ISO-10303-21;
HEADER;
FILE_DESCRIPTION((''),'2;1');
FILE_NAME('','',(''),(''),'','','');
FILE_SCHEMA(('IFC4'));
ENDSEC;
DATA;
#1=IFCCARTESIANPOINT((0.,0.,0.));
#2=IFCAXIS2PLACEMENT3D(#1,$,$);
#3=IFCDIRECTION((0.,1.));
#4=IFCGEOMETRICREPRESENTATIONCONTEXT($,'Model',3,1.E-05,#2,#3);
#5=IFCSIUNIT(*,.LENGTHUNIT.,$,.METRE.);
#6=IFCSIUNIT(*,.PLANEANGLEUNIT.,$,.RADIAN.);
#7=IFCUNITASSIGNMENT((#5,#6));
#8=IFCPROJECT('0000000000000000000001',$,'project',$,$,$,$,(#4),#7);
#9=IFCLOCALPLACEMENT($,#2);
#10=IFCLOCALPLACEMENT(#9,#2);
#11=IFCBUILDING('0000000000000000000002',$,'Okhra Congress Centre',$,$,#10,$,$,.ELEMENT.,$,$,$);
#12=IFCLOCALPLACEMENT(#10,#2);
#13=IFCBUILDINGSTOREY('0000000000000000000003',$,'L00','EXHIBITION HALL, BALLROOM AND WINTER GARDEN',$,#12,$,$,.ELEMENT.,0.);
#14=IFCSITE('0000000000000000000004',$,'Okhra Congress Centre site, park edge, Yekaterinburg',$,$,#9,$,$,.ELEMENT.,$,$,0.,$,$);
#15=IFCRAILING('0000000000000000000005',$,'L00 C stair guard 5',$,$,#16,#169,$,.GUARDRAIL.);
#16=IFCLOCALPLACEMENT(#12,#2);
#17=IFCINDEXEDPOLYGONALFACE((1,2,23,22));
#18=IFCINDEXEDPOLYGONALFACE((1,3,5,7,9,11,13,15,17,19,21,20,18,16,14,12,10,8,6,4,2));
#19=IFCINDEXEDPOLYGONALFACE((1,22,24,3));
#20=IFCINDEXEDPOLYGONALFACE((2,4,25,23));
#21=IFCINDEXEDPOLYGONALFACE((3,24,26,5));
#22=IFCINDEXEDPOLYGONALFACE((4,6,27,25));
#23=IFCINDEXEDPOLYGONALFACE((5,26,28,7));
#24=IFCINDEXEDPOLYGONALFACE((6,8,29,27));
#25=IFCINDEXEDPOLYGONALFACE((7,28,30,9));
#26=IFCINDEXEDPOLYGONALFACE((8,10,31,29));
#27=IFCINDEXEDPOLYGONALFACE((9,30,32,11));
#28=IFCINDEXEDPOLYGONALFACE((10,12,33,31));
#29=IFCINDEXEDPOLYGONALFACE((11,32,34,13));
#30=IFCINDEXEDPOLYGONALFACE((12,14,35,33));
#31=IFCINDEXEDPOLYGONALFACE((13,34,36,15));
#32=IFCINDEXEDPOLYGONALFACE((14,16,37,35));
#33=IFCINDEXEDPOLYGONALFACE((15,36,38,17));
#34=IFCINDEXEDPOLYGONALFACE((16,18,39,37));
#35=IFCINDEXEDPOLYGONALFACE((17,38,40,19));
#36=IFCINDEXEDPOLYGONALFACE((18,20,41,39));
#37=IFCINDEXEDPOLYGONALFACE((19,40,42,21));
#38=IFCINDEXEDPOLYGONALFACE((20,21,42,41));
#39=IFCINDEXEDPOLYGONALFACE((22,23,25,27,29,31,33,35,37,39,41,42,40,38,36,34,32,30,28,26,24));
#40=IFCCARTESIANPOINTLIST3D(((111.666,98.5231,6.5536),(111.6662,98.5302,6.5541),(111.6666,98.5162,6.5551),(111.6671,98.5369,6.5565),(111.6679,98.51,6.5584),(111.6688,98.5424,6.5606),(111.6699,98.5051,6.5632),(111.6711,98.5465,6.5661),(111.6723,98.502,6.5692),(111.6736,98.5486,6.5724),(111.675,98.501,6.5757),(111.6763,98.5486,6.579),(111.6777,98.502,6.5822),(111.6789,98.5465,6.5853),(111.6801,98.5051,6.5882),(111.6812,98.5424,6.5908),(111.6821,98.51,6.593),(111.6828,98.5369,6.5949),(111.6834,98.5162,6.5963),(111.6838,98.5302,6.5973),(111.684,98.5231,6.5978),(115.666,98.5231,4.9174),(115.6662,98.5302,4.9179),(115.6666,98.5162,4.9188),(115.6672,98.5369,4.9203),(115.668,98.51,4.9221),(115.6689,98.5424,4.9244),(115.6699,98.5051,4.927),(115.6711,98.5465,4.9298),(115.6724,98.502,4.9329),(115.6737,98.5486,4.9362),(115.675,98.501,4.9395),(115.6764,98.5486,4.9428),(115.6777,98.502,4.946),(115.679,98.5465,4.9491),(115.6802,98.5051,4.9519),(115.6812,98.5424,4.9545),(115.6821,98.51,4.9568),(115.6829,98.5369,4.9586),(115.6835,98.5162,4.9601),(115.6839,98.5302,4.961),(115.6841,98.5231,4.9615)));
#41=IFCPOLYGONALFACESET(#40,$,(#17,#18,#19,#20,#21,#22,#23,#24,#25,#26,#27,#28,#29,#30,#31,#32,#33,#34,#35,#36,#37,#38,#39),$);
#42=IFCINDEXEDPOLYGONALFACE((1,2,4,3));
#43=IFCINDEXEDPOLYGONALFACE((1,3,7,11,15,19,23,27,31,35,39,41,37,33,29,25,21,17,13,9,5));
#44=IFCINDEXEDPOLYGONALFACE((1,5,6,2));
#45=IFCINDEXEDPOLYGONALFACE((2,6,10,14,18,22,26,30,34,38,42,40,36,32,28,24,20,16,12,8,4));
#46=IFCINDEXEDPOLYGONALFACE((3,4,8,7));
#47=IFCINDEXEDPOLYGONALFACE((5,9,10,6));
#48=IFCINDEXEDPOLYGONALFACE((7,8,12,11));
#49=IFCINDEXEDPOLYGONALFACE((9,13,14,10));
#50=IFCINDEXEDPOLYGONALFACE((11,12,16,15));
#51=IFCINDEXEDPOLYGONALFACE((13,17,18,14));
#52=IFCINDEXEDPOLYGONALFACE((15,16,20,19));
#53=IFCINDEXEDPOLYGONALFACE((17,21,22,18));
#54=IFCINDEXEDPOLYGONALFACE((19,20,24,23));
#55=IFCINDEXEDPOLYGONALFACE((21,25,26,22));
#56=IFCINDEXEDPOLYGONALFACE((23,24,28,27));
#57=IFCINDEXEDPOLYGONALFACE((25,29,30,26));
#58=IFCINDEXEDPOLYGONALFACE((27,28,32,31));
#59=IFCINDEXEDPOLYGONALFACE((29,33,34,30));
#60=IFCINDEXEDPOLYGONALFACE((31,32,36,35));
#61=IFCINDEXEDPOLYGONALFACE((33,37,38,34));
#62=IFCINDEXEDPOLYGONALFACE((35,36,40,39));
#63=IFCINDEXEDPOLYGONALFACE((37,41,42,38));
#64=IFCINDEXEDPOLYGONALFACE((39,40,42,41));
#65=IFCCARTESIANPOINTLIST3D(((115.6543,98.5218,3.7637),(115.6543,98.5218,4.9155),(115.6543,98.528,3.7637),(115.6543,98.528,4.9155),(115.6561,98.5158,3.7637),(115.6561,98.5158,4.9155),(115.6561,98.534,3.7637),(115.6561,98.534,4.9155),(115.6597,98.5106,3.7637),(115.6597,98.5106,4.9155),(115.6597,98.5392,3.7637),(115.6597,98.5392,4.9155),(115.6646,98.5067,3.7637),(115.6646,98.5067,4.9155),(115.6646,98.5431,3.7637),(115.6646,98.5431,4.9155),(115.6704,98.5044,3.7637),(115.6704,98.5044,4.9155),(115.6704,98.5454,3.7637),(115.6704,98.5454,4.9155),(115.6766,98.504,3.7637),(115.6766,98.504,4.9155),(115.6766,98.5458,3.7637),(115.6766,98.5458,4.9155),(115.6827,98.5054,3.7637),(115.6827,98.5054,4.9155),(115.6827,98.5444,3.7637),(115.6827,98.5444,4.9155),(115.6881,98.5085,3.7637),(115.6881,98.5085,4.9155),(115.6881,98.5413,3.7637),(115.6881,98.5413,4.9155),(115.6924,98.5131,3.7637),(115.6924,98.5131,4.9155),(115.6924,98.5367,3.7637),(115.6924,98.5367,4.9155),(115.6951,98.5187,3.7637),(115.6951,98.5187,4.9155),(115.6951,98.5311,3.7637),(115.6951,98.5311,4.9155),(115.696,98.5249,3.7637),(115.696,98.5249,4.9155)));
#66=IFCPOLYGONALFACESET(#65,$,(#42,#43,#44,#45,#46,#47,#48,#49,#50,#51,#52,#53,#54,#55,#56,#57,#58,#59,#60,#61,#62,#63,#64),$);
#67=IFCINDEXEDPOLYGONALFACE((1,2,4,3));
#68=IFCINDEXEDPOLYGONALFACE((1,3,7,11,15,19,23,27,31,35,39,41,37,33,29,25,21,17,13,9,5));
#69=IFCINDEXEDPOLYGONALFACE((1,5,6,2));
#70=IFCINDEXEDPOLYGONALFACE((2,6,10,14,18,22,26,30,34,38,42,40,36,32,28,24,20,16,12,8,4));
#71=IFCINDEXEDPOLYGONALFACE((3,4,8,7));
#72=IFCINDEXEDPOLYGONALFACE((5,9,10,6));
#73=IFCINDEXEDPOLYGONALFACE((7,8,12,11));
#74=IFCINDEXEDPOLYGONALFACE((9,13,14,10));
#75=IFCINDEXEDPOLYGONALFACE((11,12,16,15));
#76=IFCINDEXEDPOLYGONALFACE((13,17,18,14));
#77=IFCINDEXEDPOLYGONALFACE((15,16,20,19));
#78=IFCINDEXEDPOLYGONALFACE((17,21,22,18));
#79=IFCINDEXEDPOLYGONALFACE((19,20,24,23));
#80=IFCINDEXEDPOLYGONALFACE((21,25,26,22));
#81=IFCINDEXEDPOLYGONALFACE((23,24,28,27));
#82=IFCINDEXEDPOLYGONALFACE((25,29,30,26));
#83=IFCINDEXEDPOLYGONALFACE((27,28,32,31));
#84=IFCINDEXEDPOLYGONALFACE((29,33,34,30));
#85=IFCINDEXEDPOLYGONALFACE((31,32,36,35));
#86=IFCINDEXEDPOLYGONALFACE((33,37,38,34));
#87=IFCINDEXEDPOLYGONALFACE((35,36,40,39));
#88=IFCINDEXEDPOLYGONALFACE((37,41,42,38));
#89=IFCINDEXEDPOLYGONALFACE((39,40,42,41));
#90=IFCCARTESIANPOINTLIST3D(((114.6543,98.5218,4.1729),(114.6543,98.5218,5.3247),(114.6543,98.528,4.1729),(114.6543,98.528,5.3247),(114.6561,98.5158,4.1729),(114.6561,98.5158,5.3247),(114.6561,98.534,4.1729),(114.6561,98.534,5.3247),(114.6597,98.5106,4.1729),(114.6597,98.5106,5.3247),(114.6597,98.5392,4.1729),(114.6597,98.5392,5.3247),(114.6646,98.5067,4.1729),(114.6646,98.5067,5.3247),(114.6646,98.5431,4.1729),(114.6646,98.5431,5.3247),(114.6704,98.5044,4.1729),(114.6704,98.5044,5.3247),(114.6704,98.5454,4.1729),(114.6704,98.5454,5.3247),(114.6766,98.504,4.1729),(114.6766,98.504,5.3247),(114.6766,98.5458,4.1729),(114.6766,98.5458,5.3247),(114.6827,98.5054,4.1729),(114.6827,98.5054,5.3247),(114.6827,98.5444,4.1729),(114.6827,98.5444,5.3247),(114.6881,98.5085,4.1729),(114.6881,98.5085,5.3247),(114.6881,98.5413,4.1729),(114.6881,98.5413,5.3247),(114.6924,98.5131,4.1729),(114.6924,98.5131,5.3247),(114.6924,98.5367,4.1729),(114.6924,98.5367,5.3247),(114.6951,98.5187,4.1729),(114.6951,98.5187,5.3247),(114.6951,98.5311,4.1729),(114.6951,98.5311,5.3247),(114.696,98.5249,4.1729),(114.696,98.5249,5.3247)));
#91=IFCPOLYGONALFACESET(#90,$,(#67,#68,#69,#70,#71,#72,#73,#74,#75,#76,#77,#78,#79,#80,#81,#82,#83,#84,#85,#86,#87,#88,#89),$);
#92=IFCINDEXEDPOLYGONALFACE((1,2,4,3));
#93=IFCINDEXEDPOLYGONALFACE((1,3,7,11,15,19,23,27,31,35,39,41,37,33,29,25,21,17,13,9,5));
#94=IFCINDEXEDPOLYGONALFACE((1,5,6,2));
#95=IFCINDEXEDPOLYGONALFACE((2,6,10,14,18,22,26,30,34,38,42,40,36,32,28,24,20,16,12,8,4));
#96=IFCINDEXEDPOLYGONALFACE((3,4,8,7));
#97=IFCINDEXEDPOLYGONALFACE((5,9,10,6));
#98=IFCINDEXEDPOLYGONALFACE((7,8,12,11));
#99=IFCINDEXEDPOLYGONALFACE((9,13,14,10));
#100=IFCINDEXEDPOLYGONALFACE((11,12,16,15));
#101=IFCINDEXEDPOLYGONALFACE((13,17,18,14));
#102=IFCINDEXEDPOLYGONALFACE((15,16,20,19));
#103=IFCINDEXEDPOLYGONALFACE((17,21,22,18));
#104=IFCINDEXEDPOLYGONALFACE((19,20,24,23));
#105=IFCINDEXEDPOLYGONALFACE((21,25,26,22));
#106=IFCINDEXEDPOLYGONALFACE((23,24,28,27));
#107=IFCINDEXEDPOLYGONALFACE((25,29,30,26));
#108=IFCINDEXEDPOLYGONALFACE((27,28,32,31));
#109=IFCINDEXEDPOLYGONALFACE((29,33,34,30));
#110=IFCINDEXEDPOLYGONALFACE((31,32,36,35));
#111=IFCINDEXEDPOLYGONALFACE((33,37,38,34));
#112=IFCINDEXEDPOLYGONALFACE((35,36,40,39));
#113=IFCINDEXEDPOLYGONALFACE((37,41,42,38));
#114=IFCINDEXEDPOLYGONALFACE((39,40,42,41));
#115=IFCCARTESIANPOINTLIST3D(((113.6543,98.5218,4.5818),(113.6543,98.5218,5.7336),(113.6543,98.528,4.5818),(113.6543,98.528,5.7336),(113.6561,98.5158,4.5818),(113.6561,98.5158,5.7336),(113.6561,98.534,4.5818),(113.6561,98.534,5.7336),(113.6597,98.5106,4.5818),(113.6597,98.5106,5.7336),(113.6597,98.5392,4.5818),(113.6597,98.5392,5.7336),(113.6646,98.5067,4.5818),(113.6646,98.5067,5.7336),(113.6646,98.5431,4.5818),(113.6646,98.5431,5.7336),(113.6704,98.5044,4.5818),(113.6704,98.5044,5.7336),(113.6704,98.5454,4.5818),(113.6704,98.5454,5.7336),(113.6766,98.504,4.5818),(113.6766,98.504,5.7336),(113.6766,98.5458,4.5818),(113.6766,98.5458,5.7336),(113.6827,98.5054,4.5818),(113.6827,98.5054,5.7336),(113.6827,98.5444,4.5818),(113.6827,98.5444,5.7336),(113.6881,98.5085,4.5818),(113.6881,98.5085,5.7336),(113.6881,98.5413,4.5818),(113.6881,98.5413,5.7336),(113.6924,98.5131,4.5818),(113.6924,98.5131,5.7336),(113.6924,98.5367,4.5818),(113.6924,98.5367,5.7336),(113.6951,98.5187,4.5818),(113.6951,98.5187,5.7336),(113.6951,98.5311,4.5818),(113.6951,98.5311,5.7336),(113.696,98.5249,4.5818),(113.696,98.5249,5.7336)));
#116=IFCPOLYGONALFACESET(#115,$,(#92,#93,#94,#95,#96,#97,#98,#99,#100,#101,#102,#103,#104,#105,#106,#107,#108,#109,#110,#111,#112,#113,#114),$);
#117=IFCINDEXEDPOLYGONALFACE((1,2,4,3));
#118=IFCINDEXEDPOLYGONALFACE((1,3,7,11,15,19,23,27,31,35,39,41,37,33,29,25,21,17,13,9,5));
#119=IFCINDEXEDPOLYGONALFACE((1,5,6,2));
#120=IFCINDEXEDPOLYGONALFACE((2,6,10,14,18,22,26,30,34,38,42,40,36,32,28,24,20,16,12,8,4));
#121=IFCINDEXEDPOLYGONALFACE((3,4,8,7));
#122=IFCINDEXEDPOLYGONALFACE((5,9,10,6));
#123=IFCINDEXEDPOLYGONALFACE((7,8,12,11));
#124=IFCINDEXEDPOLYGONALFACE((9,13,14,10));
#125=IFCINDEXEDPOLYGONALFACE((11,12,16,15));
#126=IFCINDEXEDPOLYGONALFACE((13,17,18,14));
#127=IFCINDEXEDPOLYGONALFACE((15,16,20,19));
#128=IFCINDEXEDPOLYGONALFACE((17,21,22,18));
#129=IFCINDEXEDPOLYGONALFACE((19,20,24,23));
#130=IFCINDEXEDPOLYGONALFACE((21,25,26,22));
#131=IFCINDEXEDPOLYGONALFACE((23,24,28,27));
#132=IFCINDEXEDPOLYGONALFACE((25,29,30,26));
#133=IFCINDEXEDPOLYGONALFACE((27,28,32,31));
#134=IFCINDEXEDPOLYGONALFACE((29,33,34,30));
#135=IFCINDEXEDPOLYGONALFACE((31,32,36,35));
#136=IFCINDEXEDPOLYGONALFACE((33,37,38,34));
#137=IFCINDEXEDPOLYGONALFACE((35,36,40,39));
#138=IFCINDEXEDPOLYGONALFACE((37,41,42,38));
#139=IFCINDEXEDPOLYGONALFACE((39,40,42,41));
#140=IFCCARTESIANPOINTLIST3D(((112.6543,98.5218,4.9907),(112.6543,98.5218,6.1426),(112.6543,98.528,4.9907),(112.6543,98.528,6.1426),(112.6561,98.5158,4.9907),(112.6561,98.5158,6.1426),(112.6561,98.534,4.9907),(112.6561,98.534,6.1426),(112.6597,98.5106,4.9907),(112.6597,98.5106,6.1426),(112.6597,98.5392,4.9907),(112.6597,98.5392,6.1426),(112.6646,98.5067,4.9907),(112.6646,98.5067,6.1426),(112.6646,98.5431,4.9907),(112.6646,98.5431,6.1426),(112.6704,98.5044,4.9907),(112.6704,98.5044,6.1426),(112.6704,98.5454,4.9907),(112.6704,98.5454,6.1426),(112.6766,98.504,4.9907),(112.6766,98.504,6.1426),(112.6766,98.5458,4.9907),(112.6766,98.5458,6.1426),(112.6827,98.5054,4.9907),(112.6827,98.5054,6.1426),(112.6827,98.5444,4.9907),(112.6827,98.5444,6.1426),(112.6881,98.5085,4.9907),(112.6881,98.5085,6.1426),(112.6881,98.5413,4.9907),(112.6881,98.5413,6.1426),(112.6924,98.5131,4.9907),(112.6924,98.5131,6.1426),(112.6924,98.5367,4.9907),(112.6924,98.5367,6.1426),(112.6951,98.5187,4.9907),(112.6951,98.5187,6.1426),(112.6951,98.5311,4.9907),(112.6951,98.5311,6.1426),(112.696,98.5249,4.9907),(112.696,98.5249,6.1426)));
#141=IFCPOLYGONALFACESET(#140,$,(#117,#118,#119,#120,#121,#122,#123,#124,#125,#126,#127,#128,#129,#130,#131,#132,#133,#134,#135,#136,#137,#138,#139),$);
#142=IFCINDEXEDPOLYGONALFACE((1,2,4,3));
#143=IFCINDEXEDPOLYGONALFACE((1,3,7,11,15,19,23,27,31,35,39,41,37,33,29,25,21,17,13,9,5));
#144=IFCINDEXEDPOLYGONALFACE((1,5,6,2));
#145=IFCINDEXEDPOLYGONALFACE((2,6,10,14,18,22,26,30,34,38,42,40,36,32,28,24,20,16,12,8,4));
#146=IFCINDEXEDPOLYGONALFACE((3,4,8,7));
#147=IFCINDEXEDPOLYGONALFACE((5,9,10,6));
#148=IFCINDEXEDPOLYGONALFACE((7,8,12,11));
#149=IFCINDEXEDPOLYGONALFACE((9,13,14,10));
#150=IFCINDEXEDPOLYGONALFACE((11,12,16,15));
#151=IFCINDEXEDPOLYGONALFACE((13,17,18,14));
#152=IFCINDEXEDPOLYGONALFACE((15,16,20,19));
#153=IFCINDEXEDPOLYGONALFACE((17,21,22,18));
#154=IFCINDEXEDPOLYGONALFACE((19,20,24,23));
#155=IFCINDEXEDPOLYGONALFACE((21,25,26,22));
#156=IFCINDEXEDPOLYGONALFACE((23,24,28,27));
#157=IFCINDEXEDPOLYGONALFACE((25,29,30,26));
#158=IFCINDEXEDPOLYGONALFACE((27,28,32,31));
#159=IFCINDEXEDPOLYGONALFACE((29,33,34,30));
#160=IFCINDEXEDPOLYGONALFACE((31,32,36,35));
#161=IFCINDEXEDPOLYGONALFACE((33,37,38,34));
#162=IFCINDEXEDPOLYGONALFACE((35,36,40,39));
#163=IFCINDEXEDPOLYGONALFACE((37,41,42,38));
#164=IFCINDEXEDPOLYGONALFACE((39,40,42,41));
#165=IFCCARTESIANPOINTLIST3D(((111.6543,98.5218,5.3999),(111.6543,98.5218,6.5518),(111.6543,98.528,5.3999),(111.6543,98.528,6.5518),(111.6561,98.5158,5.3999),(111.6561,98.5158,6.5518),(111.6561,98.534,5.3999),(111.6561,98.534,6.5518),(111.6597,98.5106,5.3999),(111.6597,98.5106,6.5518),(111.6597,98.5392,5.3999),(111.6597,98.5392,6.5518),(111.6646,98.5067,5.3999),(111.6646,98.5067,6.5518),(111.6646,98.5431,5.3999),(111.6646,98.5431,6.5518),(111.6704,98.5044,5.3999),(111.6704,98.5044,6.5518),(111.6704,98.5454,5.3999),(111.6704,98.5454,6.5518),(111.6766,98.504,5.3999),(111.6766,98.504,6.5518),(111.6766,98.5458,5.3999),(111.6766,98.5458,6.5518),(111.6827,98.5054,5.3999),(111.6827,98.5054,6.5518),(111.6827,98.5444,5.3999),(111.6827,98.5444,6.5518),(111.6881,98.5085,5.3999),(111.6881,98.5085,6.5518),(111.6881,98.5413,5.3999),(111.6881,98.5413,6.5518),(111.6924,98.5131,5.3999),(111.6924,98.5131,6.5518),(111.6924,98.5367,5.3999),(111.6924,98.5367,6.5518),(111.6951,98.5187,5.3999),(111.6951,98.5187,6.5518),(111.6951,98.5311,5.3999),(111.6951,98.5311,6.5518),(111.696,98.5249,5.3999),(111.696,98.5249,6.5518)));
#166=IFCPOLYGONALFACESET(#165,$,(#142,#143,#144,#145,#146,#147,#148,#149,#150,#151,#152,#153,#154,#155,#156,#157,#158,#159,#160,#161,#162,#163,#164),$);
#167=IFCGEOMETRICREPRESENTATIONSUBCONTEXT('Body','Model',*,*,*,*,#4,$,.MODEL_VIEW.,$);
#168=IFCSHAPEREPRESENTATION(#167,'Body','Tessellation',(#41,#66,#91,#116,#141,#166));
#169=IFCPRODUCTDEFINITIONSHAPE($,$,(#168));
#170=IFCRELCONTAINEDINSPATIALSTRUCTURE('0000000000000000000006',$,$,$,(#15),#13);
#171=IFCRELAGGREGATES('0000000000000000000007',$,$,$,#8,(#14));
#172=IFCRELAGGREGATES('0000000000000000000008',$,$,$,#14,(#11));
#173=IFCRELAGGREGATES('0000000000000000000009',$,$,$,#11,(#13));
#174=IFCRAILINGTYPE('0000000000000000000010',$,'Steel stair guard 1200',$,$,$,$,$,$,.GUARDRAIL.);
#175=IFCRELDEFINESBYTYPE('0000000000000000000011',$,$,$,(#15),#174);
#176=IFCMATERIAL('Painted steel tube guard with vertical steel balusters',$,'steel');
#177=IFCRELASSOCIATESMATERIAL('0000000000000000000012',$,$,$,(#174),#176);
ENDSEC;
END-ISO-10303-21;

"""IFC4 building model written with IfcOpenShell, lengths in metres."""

from ifc_helpers import new_model, si_unit, direction, frame, origin, origin_2d, place, context, subcontext, project, spatial, circle, extrude, material, type_object, element, save


model = new_model("IFC4")

# Units and contexts
model_context = context("Model", 3, precision=1e-05, world=origin(), true_north=direction((0.0, 1.0)))
body_context = subcontext(model_context, "Body", "Model", "MODEL_VIEW")
ifc_project = project(units=[si_unit("LENGTHUNIT", "METRE"), si_unit("PLANEANGLEUNIT", "RADIAN")], contexts=[model_context])

# Site, building, storey
site_placement = place(None, origin())
site = spatial("IfcSite", under=ifc_project, at=site_placement, Name="Okhra Congress Centre site, park edge, Yekaterinburg", CompositionType="ELEMENT", RefElevation=0.0)
building_placement = place(site_placement, origin())
building = spatial("IfcBuilding", under=site, at=building_placement, Name="Okhra Congress Centre", CompositionType="ELEMENT")
storey_placement = place(building_placement, origin())
storey = spatial("IfcBuildingStorey", under=building, at=storey_placement, Name="L00", Description="EXHIBITION HALL, BALLROOM AND WINTER GARDEN", CompositionType="ELEMENT", Elevation=0.0)

# Railing
ifc_material_1 = material(Name="Painted steel tube guard with vertical steel balusters", Category="steel")
railing_type_1 = type_object("IfcRailingType", Name="Steel stair guard 1200", PredefinedType="GUARDRAIL", material=ifc_material_1)
railing_1_placement = place(storey_placement, frame((115.675, 98.5249, 3.7637)))
element("IfcRailing", 1, at=railing_1_placement, inside=storey, type_object=railing_type_1, Name="L00 C stair guard 5", PredefinedType="GUARDRAIL", context=body_context, shape_type="SweptSolid", body=[
    extrude(circle(Radius=0.0239, at=origin_2d()), frame((0.0, 0.0, 1.1758), z_axis=(-0.925558, 0.0, 0.378606), x_axis=(0.0, -1.0, 0.0)), (0.0, 0.0, 1.0), 4.3218),
    extrude(circle(Radius=0.021, at=origin_2d()), origin(), (0.0, 0.0, 1.0), 1.1519),
    extrude(circle(Radius=0.021, at=origin_2d()), frame((-1.0, 0.0, 0.4092)), (0.0, 0.0, 1.0), 1.1519),
    extrude(circle(Radius=0.021, at=origin_2d()), frame((-2.0, 0.0, 0.8181)), (0.0, 0.0, 1.0), 1.1519),
    extrude(circle(Radius=0.021, at=origin_2d()), frame((-3.0, 0.0, 1.2271)), (0.0, 0.0, 1.0), 1.1519),
    extrude(circle(Radius=0.021, at=origin_2d()), frame((-4.0, 0.0, 1.6362)), (0.0, 0.0, 1.0), 1.1519),
])

save(model, "model.ifc")
